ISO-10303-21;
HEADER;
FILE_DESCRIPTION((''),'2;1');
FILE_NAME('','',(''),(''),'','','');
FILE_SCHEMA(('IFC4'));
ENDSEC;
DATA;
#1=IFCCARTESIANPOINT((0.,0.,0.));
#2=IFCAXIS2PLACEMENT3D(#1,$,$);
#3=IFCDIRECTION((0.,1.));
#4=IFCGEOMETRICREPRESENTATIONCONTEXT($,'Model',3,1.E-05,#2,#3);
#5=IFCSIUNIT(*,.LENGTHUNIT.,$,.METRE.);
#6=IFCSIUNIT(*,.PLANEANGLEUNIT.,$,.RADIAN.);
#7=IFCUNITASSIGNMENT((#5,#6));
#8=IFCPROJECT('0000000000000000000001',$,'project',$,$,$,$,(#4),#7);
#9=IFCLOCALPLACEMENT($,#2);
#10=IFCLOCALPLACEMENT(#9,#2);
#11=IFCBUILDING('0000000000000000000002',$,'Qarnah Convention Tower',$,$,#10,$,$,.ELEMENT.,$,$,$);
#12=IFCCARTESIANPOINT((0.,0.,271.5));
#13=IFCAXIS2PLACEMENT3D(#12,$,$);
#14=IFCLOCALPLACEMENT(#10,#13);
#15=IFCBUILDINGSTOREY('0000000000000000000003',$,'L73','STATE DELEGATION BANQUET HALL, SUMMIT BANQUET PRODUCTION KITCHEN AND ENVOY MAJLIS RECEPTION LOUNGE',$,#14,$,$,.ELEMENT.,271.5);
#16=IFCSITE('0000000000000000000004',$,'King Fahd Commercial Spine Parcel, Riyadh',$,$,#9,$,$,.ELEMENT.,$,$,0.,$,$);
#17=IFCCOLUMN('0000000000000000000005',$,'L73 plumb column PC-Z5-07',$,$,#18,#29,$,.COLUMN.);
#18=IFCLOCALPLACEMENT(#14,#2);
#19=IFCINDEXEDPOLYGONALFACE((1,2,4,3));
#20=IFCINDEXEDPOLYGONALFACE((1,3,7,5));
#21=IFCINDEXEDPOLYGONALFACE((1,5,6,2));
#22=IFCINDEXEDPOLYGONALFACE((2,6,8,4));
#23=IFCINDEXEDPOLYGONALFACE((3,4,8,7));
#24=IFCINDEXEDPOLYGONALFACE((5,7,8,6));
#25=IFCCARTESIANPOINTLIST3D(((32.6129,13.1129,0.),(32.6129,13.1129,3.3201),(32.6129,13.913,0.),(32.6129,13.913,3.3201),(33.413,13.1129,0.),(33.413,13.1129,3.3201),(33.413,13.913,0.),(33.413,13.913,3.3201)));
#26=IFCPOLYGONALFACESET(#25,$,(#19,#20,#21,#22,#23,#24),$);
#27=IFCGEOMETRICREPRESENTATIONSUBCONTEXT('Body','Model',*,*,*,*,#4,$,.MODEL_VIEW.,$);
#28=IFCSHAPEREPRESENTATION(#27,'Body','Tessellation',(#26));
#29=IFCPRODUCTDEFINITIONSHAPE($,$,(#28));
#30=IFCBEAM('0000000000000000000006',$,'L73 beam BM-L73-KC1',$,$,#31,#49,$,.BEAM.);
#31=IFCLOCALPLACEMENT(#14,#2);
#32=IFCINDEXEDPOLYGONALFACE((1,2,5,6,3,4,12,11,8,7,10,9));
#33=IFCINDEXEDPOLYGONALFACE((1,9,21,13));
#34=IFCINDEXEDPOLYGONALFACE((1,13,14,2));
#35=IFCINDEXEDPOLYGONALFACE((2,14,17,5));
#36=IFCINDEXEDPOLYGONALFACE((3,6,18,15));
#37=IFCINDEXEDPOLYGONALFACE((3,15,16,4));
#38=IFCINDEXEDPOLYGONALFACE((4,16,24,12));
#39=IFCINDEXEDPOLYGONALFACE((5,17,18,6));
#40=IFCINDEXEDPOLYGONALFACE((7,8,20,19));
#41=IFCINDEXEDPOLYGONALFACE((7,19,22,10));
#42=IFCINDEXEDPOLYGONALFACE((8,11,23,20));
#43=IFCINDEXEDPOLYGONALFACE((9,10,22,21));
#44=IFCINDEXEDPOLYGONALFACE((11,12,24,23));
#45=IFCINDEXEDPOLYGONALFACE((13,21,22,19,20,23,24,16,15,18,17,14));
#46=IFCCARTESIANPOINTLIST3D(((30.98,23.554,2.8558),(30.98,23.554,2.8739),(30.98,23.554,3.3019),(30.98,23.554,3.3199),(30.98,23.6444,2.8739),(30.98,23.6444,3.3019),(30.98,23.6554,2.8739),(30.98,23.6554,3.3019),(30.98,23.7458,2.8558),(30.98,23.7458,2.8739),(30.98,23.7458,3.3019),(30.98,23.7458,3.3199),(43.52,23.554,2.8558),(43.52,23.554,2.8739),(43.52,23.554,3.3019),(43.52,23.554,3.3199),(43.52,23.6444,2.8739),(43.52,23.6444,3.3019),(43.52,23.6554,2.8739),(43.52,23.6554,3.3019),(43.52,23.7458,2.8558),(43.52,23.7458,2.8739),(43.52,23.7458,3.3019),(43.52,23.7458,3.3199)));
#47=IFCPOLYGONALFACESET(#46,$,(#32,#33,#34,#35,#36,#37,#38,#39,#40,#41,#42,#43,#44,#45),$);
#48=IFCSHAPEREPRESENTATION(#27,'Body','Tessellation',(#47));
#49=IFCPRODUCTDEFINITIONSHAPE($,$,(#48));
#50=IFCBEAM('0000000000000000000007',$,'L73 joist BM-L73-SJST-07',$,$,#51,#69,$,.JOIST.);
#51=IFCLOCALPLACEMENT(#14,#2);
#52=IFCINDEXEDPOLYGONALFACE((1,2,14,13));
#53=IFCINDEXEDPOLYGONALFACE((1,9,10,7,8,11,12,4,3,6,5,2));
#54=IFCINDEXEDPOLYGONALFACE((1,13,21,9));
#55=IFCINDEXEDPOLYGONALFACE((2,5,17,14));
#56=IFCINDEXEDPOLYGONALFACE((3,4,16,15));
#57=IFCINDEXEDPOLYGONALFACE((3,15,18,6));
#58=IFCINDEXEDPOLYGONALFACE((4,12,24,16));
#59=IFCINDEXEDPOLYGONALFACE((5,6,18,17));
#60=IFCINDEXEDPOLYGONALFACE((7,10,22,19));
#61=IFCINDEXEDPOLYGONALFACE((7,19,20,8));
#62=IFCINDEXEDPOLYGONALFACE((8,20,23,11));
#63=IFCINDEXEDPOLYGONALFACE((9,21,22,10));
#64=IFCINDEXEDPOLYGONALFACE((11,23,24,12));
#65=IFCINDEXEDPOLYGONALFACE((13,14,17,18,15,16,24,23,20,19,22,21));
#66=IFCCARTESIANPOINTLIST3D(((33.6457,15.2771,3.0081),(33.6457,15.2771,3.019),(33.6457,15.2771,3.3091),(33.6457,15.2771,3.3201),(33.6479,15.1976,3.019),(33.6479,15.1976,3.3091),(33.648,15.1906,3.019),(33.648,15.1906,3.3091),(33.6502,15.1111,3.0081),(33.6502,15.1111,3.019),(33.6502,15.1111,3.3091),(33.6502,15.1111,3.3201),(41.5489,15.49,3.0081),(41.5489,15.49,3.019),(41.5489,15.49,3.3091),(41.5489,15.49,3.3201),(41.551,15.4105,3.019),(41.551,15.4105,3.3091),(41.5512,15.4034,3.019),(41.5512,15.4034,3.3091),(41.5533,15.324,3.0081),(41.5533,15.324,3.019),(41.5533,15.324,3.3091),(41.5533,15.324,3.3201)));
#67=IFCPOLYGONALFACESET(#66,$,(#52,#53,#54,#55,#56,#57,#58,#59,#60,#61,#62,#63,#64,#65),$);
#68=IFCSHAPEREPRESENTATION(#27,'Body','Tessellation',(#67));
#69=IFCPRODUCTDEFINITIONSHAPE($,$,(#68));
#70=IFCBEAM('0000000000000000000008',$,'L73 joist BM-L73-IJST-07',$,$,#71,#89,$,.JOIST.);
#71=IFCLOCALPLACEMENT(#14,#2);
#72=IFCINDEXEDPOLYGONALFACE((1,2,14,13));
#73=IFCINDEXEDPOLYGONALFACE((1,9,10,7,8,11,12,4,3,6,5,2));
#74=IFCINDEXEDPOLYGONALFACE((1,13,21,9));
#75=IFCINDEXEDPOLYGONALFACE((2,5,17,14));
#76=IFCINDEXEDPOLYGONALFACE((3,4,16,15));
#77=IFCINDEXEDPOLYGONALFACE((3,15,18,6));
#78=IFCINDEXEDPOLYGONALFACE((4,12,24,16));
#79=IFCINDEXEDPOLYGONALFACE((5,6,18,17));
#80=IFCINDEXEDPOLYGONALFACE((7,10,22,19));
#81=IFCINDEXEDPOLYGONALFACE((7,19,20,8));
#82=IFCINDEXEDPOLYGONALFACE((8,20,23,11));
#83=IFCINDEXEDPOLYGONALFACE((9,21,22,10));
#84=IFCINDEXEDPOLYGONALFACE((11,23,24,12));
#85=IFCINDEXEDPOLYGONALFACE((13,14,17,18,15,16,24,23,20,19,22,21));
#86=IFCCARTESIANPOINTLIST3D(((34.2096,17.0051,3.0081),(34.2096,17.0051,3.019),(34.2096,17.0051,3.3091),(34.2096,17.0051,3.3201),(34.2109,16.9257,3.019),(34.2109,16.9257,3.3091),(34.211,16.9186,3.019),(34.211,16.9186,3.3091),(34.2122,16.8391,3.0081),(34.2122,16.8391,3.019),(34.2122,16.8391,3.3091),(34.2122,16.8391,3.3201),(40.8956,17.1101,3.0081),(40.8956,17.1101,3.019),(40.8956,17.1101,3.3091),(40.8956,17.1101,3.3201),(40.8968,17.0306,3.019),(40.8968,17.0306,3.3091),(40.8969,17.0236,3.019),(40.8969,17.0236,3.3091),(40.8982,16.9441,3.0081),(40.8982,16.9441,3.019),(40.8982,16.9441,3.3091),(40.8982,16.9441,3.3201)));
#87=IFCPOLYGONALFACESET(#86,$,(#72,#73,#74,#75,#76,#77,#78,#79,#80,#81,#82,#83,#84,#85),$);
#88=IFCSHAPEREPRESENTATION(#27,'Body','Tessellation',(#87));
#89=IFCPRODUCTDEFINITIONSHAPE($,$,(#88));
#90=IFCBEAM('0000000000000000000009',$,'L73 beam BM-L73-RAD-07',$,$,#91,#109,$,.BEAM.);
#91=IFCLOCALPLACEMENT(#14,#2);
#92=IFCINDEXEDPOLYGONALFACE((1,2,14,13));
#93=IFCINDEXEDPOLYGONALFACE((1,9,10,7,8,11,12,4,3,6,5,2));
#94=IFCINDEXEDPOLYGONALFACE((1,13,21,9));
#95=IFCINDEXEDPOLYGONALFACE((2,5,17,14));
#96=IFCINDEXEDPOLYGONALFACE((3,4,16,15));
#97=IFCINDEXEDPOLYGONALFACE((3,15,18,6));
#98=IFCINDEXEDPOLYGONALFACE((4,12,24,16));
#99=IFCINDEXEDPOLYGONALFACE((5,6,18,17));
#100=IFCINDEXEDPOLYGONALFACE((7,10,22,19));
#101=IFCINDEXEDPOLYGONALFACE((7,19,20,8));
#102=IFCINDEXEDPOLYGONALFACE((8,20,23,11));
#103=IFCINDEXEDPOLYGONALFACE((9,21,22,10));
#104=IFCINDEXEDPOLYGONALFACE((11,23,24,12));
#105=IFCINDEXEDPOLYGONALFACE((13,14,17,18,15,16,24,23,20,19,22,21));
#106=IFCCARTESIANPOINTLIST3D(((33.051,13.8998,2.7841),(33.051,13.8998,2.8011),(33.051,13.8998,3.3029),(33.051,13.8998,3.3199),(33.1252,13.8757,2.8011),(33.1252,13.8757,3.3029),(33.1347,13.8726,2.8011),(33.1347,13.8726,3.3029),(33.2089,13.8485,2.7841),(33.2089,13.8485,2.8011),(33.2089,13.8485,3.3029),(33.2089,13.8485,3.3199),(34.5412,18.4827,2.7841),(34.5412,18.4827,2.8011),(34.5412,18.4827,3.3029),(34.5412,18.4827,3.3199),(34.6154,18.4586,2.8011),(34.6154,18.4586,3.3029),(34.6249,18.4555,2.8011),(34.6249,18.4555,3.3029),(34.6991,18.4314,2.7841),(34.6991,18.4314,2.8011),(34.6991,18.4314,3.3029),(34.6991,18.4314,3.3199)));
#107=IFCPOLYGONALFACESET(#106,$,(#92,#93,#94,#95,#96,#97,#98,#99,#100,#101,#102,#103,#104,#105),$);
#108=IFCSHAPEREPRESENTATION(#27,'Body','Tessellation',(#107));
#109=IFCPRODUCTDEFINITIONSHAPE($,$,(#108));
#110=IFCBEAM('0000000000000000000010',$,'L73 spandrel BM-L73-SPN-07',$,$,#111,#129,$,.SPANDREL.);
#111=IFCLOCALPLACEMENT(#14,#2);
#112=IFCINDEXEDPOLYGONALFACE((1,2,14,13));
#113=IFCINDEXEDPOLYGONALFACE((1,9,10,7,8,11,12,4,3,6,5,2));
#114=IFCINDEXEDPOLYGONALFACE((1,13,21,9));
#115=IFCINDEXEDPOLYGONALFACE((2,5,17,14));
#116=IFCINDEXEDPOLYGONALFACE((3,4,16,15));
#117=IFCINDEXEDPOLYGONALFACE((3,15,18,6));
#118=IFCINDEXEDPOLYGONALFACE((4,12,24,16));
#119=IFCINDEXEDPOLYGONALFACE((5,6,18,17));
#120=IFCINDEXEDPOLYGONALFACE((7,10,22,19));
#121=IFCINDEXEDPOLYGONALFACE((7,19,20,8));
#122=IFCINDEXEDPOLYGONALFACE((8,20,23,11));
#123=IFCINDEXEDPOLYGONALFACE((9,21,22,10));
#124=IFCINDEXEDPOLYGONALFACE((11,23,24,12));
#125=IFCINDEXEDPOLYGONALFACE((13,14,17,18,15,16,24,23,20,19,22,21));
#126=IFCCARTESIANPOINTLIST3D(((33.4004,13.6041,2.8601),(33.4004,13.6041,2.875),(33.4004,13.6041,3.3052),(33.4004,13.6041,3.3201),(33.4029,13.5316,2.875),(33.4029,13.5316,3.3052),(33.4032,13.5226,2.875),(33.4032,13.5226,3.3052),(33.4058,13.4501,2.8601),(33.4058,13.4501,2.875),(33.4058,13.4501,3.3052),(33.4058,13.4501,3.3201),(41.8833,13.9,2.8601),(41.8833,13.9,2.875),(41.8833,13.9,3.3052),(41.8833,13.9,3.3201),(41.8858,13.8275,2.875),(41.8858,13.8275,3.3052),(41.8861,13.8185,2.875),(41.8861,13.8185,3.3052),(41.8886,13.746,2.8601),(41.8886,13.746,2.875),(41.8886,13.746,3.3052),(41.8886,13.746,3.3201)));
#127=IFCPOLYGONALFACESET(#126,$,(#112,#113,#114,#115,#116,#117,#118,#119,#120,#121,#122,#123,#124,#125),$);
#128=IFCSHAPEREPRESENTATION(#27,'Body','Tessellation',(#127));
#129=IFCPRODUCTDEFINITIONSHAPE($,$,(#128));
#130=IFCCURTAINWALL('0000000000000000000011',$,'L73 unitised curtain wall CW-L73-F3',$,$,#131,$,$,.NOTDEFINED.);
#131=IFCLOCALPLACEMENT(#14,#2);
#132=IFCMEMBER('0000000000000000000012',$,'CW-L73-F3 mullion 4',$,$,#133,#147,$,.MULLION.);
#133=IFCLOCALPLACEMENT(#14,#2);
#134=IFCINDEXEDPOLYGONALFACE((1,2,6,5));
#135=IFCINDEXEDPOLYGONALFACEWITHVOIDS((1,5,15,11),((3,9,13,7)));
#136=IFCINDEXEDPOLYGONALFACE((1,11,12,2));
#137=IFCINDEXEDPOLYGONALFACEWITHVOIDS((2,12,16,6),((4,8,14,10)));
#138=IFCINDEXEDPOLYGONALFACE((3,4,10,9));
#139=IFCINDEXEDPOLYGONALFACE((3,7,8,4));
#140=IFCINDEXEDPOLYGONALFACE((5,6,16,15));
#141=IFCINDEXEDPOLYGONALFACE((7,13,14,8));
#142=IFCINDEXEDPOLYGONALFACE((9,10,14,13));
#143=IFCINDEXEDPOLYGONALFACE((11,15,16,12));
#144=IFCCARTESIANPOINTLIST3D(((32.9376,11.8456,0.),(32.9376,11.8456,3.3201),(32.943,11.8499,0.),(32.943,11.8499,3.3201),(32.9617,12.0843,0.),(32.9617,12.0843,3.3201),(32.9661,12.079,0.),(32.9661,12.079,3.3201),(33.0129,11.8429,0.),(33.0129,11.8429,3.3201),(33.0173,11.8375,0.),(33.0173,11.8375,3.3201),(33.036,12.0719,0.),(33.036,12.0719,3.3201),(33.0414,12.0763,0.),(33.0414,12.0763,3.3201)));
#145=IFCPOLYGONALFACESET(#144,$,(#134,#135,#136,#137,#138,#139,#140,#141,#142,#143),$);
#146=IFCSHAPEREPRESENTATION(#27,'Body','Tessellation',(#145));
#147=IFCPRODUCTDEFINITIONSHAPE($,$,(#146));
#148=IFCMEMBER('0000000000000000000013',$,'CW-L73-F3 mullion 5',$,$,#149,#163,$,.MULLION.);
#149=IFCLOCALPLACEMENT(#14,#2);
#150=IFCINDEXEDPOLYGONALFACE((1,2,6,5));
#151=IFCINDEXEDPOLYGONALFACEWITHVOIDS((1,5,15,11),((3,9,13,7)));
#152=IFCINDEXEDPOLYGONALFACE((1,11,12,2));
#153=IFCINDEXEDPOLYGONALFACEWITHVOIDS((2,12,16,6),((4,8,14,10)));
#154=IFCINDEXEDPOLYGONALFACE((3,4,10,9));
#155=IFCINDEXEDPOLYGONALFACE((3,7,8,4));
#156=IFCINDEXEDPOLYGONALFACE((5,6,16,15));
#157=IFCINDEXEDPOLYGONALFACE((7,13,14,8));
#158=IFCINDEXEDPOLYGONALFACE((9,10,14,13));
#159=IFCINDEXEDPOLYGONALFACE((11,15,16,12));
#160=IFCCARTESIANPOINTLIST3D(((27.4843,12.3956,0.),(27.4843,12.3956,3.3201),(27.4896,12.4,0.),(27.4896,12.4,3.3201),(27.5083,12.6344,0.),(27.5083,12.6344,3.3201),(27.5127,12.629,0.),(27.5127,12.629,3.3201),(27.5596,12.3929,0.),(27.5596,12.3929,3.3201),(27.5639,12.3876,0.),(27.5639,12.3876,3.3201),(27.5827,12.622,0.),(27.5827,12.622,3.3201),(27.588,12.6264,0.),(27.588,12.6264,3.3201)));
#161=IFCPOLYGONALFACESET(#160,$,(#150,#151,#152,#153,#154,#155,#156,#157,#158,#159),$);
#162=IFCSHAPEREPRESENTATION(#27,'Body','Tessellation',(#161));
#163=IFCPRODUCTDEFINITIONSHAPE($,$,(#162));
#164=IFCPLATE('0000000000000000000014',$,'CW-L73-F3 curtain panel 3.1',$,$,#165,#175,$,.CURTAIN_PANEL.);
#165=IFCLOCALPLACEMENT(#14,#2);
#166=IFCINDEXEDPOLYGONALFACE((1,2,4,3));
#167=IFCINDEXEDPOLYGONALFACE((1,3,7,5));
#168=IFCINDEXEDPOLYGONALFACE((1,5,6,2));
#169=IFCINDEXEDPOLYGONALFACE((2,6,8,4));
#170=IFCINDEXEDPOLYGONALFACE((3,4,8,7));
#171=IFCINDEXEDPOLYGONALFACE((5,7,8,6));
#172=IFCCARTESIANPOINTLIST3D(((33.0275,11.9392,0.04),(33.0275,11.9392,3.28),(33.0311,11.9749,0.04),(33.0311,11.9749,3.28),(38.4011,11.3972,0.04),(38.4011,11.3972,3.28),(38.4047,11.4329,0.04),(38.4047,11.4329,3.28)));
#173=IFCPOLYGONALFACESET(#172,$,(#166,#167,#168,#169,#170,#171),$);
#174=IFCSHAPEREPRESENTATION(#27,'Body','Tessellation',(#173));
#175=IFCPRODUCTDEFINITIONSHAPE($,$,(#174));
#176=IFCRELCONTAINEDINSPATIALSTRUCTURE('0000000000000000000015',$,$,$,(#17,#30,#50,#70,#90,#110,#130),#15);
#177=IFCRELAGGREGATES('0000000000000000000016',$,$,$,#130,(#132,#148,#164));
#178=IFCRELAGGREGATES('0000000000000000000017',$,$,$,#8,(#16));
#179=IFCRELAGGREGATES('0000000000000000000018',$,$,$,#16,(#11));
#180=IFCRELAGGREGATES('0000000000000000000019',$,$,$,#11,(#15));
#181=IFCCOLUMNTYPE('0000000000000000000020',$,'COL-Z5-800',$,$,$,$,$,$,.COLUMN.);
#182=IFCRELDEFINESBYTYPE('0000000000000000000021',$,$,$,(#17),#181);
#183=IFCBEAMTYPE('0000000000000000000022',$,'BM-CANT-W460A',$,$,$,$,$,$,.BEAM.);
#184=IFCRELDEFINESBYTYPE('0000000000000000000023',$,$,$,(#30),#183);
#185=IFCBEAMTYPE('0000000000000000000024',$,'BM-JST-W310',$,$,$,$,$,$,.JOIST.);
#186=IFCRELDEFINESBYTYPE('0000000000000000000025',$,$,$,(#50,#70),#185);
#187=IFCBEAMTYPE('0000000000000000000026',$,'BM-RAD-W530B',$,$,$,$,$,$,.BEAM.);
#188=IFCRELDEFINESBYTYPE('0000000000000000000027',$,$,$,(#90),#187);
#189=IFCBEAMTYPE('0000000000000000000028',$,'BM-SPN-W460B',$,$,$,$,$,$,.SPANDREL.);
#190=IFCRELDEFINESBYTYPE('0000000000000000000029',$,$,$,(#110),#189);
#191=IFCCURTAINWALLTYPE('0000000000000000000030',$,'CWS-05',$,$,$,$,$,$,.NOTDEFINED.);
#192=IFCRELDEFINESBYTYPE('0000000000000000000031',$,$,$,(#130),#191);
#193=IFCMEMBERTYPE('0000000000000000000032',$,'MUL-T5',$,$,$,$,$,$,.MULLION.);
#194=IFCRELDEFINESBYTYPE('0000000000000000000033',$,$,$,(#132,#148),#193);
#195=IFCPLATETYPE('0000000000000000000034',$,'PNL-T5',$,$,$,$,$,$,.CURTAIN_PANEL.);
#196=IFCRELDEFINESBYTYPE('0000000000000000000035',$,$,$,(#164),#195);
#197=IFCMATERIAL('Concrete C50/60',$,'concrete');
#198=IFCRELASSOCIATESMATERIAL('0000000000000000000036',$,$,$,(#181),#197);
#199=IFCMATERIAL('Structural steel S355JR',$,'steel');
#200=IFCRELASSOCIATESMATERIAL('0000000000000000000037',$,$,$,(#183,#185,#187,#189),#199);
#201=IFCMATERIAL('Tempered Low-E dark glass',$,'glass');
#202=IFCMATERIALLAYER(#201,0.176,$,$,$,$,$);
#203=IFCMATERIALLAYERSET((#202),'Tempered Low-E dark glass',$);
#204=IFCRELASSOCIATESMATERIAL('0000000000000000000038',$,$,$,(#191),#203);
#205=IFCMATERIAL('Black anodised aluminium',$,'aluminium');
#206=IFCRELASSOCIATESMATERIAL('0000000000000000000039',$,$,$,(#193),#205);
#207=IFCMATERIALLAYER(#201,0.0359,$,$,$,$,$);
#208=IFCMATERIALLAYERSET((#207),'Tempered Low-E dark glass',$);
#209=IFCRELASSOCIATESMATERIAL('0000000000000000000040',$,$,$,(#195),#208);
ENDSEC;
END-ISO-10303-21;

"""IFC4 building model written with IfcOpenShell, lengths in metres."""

from ifc_helpers import new_model, si_unit, direction, frame, origin, origin_2d, place, context, subcontext, project, spatial, rectangle, hollow_rectangle, i_section, extrude, material, layer, layer_set, material_profile, profile_set, type_object, element, aggregate, save


model = new_model("IFC4")

# Units and contexts
model_context = context("Model", 3, precision=1e-05, world=origin(), true_north=direction((0.0, 1.0)))
body_context = subcontext(model_context, "Body", "Model", "MODEL_VIEW")
ifc_project = project(units=[si_unit("LENGTHUNIT", "METRE"), si_unit("PLANEANGLEUNIT", "RADIAN")], contexts=[model_context])

# Site, building, storey
site_placement = place(None, origin())
site = spatial("IfcSite", under=ifc_project, at=site_placement, Name="King Fahd Commercial Spine Parcel, Riyadh", CompositionType="ELEMENT", RefElevation=0.0)
building_placement = place(site_placement, origin())
building = spatial("IfcBuilding", under=site, at=building_placement, Name="Qarnah Convention Tower", CompositionType="ELEMENT")
storey_placement = place(building_placement, frame((0.0, 0.0, 271.5)))
storey = spatial("IfcBuildingStorey", under=building, at=storey_placement, Name="L73", Description="STATE DELEGATION BANQUET HALL, SUMMIT BANQUET PRODUCTION KITCHEN AND ENVOY MAJLIS RECEPTION LOUNGE", CompositionType="ELEMENT", Elevation=271.5)

# Column
ifc_material_1 = material(Name="Concrete C50/60", Category="concrete")
ifc_material_profile_1 = material_profile(ifc_material_1, rectangle(XDim=0.8, YDim=0.8, at=origin_2d()), Name="RC-COL-800X800")
ifc_profile_set_1 = profile_set([ifc_material_profile_1], Name="Concrete C50/60")
column_type = type_object("IfcColumnType", Name="COL-Z5-800", PredefinedType="COLUMN", material=ifc_profile_set_1)
column_placement = place(storey_placement, frame((33.0129, 13.5129, 0.0), z_axis=(0.0, 0.0, 1.0), x_axis=(1.0, 0.0, 0.0)))
element("IfcColumn", 1, at=column_placement, inside=storey, type_object=column_type, Name="L73 plumb column PC-Z5-07", PredefinedType="COLUMN", context=body_context, shape_type="SweptSolid", body=[
    extrude(rectangle(XDim=0.8, YDim=0.8, at=origin_2d()), origin(), (0.0, 0.0, 1.0), 3.3201),
])

# Beams
ifc_material_2 = material(Name="Structural steel S355JR", Category="steel")
ifc_material_profile_2 = material_profile(ifc_material_2, i_section(OverallWidth=0.1919, OverallDepth=0.4641, WebThickness=0.011, FlangeThickness=0.0181, at=origin_2d()), Name="W460X89")
ifc_profile_set_2 = profile_set([ifc_material_profile_2], Name="Structural steel S355JR")
beam_type_1 = type_object("IfcBeamType", Name="BM-CANT-W460A", PredefinedType="BEAM", material=ifc_profile_set_2)
beam_1_placement = place(storey_placement, frame((30.98, 23.6499, 3.0879), z_axis=(1.0, 0.0, 0.0), x_axis=(0.0, 1.0, 0.0)))
element("IfcBeam", 2, at=beam_1_placement, inside=storey, type_object=beam_type_1, Name="L73 beam BM-L73-KC1", PredefinedType="BEAM", context=body_context, shape_type="SweptSolid", body=[
    extrude(i_section(OverallWidth=0.1919, OverallDepth=0.4641, WebThickness=0.011, FlangeThickness=0.0181, at=origin_2d()), origin(), (0.0, 0.0, 1.0), 12.54),
])
ifc_material_profile_3 = material_profile(ifc_material_2, i_section(OverallWidth=0.166, OverallDepth=0.312, WebThickness=0.0071, FlangeThickness=0.011, at=origin_2d()), Name="W310X45")
ifc_profile_set_3 = profile_set([ifc_material_profile_3], Name="Structural steel S355JR")
beam_type_2 = type_object("IfcBeamType", Name="BM-JST-W310", PredefinedType="JOIST", material=ifc_profile_set_3)
beam_2_placement = place(storey_placement, frame((33.6479, 15.1941, 3.1641), z_axis=(0.999637, 0.026928, 0.0), x_axis=(-0.026928, 0.999637, 0.0)))
element("IfcBeam", 3, at=beam_2_placement, inside=storey, type_object=beam_type_2, Name="L73 joist BM-L73-SJST-07", PredefinedType="JOIST", context=body_context, shape_type="SweptSolid", body=[
    extrude(i_section(OverallWidth=0.166, OverallDepth=0.312, WebThickness=0.0071, FlangeThickness=0.011, at=origin_2d()), origin(), (0.0, 0.0, 1.0), 7.906),
])
beam_3_placement = place(storey_placement, frame((34.2109, 16.9221, 3.1641), z_axis=(0.999877, 0.0157, 0.0), x_axis=(-0.0157, 0.999877, 0.0)))
element("IfcBeam", 4, at=beam_3_placement, inside=storey, type_object=beam_type_2, Name="L73 joist BM-L73-IJST-07", PredefinedType="JOIST", context=body_context, shape_type="SweptSolid", body=[
    extrude(i_section(OverallWidth=0.166, OverallDepth=0.312, WebThickness=0.0071, FlangeThickness=0.011, at=origin_2d()), origin(), (0.0, 0.0, 1.0), 6.6868),
])
ifc_material_profile_4 = material_profile(ifc_material_2, i_section(OverallWidth=0.166, OverallDepth=0.5359, WebThickness=0.01, FlangeThickness=0.0171, at=origin_2d()), Name="W530X85")
ifc_profile_set_4 = profile_set([ifc_material_profile_4], Name="Structural steel S355JR")
beam_type_3 = type_object("IfcBeamType", Name="BM-RAD-W530B", PredefinedType="BEAM", material=ifc_profile_set_4)
beam_4_placement = place(storey_placement, frame((34.6201, 18.457, 3.052), z_axis=(-0.309228, -0.950988, 0.0), x_axis=(0.950988, -0.309228, 0.0)))
element("IfcBeam", 5, at=beam_4_placement, inside=storey, type_object=beam_type_3, Name="L73 beam BM-L73-RAD-07", PredefinedType="BEAM", context=body_context, shape_type="SweptSolid", body=[
    extrude(i_section(OverallWidth=0.166, OverallDepth=0.5359, WebThickness=0.01, FlangeThickness=0.0171, at=origin_2d()), origin(), (0.0, 0.0, 1.0), 4.8191),
])
ifc_material_profile_5 = material_profile(ifc_material_2, i_section(OverallWidth=0.1541, OverallDepth=0.46, WebThickness=0.009, FlangeThickness=0.0149, at=origin_2d()), Name="W460X68")
ifc_profile_set_5 = profile_set([ifc_material_profile_5], Name="Structural steel S355JR")
beam_type_4 = type_object("IfcBeamType", Name="BM-SPN-W460B", PredefinedType="SPANDREL", material=ifc_profile_set_5)
beam_5_placement = place(storey_placement, frame((33.4031, 13.5271, 3.0901), z_axis=(0.999392, 0.034861, 0.0), x_axis=(-0.034861, 0.999392, 0.0)))
element("IfcBeam", 6, at=beam_5_placement, inside=storey, type_object=beam_type_4, Name="L73 spandrel BM-L73-SPN-07", PredefinedType="SPANDREL", context=body_context, shape_type="SweptSolid", body=[
    extrude(i_section(OverallWidth=0.1541, OverallDepth=0.46, WebThickness=0.009, FlangeThickness=0.0149, at=origin_2d()), origin(), (0.0, 0.0, 1.0), 8.488),
])

# Curtain wall, members, plate
ifc_material_3 = material(Name="Tempered Low-E dark glass", Category="glass")
ifc_layer_1 = layer(ifc_material_3, 0.176)
ifc_layer_set_1 = layer_set([ifc_layer_1], Name="Tempered Low-E dark glass")
curtain_wall_type = type_object("IfcCurtainWallType", Name="CWS-05", PredefinedType="NOTDEFINED", material=ifc_layer_set_1)
curtain_wall_placement = place(storey_placement, origin())
curtain_wall = element("IfcCurtainWall", 7, at=curtain_wall_placement, inside=storey, type_object=curtain_wall_type, Name="L73 unitised curtain wall CW-L73-F3", PredefinedType="NOTDEFINED")
ifc_material_4 = material(Name="Black anodised aluminium", Category="aluminium")
ifc_material_profile_6 = material_profile(ifc_material_4, hollow_rectangle(XDim=0.0801, YDim=0.24, WallThickness=0.0049, at=origin_2d()), Name="MUL-80X240")
ifc_profile_set_6 = profile_set([ifc_material_profile_6], Name="Black anodised aluminium")
member_type = type_object("IfcMemberType", Name="MUL-T5", PredefinedType="MULLION", material=ifc_profile_set_6)
member_1_placement = place(storey_placement, frame((32.9895, 11.9609, 0.0), z_axis=(0.0, 0.0, 1.0), x_axis=(-0.994952, 0.100349, 0.0)))
member_1 = element("IfcMember", 8, at=member_1_placement, type_object=member_type, Name="CW-L73-F3 mullion 4", PredefinedType="MULLION", context=body_context, shape_type="SweptSolid", body=[
    extrude(hollow_rectangle(XDim=0.0801, YDim=0.24, WallThickness=0.0049, at=origin_2d()), origin(), (0.0, 0.0, 1.0), 3.3201),
])
member_2_placement = place(storey_placement, frame((27.5361, 12.511, 0.0), z_axis=(0.0, 0.0, 1.0), x_axis=(-0.994952, 0.100349, 0.0)))
member_2 = element("IfcMember", 9, at=member_2_placement, type_object=member_type, Name="CW-L73-F3 mullion 5", PredefinedType="MULLION", context=body_context, shape_type="SweptSolid", body=[
    extrude(hollow_rectangle(XDim=0.0801, YDim=0.24, WallThickness=0.0049, at=origin_2d()), origin(), (0.0, 0.0, 1.0), 3.3201),
])
ifc_layer_2 = layer(ifc_material_3, 0.0359)
ifc_layer_set_2 = layer_set([ifc_layer_2], Name="Tempered Low-E dark glass")
plate_type = type_object("IfcPlateType", Name="PNL-T5", PredefinedType="CURTAIN_PANEL", material=ifc_layer_set_2)
plate_1_placement = place(storey_placement, frame((35.7161, 11.686, 0.04), z_axis=(0.0, 0.0, 1.0), x_axis=(-0.994952, 0.100349, 0.0)))
plate_1 = element("IfcPlate", 10, at=plate_1_placement, type_object=plate_type, Name="CW-L73-F3 curtain panel 3.1", PredefinedType="CURTAIN_PANEL", context=body_context, shape_type="SweptSolid", body=[
    extrude(rectangle(XDim=5.4009, YDim=0.0359, at=origin_2d()), origin(), (0.0, 0.0, 1.0), 3.24),
])
aggregate(curtain_wall, [member_1, member_2, plate_1])

save(model, "model.ifc")
